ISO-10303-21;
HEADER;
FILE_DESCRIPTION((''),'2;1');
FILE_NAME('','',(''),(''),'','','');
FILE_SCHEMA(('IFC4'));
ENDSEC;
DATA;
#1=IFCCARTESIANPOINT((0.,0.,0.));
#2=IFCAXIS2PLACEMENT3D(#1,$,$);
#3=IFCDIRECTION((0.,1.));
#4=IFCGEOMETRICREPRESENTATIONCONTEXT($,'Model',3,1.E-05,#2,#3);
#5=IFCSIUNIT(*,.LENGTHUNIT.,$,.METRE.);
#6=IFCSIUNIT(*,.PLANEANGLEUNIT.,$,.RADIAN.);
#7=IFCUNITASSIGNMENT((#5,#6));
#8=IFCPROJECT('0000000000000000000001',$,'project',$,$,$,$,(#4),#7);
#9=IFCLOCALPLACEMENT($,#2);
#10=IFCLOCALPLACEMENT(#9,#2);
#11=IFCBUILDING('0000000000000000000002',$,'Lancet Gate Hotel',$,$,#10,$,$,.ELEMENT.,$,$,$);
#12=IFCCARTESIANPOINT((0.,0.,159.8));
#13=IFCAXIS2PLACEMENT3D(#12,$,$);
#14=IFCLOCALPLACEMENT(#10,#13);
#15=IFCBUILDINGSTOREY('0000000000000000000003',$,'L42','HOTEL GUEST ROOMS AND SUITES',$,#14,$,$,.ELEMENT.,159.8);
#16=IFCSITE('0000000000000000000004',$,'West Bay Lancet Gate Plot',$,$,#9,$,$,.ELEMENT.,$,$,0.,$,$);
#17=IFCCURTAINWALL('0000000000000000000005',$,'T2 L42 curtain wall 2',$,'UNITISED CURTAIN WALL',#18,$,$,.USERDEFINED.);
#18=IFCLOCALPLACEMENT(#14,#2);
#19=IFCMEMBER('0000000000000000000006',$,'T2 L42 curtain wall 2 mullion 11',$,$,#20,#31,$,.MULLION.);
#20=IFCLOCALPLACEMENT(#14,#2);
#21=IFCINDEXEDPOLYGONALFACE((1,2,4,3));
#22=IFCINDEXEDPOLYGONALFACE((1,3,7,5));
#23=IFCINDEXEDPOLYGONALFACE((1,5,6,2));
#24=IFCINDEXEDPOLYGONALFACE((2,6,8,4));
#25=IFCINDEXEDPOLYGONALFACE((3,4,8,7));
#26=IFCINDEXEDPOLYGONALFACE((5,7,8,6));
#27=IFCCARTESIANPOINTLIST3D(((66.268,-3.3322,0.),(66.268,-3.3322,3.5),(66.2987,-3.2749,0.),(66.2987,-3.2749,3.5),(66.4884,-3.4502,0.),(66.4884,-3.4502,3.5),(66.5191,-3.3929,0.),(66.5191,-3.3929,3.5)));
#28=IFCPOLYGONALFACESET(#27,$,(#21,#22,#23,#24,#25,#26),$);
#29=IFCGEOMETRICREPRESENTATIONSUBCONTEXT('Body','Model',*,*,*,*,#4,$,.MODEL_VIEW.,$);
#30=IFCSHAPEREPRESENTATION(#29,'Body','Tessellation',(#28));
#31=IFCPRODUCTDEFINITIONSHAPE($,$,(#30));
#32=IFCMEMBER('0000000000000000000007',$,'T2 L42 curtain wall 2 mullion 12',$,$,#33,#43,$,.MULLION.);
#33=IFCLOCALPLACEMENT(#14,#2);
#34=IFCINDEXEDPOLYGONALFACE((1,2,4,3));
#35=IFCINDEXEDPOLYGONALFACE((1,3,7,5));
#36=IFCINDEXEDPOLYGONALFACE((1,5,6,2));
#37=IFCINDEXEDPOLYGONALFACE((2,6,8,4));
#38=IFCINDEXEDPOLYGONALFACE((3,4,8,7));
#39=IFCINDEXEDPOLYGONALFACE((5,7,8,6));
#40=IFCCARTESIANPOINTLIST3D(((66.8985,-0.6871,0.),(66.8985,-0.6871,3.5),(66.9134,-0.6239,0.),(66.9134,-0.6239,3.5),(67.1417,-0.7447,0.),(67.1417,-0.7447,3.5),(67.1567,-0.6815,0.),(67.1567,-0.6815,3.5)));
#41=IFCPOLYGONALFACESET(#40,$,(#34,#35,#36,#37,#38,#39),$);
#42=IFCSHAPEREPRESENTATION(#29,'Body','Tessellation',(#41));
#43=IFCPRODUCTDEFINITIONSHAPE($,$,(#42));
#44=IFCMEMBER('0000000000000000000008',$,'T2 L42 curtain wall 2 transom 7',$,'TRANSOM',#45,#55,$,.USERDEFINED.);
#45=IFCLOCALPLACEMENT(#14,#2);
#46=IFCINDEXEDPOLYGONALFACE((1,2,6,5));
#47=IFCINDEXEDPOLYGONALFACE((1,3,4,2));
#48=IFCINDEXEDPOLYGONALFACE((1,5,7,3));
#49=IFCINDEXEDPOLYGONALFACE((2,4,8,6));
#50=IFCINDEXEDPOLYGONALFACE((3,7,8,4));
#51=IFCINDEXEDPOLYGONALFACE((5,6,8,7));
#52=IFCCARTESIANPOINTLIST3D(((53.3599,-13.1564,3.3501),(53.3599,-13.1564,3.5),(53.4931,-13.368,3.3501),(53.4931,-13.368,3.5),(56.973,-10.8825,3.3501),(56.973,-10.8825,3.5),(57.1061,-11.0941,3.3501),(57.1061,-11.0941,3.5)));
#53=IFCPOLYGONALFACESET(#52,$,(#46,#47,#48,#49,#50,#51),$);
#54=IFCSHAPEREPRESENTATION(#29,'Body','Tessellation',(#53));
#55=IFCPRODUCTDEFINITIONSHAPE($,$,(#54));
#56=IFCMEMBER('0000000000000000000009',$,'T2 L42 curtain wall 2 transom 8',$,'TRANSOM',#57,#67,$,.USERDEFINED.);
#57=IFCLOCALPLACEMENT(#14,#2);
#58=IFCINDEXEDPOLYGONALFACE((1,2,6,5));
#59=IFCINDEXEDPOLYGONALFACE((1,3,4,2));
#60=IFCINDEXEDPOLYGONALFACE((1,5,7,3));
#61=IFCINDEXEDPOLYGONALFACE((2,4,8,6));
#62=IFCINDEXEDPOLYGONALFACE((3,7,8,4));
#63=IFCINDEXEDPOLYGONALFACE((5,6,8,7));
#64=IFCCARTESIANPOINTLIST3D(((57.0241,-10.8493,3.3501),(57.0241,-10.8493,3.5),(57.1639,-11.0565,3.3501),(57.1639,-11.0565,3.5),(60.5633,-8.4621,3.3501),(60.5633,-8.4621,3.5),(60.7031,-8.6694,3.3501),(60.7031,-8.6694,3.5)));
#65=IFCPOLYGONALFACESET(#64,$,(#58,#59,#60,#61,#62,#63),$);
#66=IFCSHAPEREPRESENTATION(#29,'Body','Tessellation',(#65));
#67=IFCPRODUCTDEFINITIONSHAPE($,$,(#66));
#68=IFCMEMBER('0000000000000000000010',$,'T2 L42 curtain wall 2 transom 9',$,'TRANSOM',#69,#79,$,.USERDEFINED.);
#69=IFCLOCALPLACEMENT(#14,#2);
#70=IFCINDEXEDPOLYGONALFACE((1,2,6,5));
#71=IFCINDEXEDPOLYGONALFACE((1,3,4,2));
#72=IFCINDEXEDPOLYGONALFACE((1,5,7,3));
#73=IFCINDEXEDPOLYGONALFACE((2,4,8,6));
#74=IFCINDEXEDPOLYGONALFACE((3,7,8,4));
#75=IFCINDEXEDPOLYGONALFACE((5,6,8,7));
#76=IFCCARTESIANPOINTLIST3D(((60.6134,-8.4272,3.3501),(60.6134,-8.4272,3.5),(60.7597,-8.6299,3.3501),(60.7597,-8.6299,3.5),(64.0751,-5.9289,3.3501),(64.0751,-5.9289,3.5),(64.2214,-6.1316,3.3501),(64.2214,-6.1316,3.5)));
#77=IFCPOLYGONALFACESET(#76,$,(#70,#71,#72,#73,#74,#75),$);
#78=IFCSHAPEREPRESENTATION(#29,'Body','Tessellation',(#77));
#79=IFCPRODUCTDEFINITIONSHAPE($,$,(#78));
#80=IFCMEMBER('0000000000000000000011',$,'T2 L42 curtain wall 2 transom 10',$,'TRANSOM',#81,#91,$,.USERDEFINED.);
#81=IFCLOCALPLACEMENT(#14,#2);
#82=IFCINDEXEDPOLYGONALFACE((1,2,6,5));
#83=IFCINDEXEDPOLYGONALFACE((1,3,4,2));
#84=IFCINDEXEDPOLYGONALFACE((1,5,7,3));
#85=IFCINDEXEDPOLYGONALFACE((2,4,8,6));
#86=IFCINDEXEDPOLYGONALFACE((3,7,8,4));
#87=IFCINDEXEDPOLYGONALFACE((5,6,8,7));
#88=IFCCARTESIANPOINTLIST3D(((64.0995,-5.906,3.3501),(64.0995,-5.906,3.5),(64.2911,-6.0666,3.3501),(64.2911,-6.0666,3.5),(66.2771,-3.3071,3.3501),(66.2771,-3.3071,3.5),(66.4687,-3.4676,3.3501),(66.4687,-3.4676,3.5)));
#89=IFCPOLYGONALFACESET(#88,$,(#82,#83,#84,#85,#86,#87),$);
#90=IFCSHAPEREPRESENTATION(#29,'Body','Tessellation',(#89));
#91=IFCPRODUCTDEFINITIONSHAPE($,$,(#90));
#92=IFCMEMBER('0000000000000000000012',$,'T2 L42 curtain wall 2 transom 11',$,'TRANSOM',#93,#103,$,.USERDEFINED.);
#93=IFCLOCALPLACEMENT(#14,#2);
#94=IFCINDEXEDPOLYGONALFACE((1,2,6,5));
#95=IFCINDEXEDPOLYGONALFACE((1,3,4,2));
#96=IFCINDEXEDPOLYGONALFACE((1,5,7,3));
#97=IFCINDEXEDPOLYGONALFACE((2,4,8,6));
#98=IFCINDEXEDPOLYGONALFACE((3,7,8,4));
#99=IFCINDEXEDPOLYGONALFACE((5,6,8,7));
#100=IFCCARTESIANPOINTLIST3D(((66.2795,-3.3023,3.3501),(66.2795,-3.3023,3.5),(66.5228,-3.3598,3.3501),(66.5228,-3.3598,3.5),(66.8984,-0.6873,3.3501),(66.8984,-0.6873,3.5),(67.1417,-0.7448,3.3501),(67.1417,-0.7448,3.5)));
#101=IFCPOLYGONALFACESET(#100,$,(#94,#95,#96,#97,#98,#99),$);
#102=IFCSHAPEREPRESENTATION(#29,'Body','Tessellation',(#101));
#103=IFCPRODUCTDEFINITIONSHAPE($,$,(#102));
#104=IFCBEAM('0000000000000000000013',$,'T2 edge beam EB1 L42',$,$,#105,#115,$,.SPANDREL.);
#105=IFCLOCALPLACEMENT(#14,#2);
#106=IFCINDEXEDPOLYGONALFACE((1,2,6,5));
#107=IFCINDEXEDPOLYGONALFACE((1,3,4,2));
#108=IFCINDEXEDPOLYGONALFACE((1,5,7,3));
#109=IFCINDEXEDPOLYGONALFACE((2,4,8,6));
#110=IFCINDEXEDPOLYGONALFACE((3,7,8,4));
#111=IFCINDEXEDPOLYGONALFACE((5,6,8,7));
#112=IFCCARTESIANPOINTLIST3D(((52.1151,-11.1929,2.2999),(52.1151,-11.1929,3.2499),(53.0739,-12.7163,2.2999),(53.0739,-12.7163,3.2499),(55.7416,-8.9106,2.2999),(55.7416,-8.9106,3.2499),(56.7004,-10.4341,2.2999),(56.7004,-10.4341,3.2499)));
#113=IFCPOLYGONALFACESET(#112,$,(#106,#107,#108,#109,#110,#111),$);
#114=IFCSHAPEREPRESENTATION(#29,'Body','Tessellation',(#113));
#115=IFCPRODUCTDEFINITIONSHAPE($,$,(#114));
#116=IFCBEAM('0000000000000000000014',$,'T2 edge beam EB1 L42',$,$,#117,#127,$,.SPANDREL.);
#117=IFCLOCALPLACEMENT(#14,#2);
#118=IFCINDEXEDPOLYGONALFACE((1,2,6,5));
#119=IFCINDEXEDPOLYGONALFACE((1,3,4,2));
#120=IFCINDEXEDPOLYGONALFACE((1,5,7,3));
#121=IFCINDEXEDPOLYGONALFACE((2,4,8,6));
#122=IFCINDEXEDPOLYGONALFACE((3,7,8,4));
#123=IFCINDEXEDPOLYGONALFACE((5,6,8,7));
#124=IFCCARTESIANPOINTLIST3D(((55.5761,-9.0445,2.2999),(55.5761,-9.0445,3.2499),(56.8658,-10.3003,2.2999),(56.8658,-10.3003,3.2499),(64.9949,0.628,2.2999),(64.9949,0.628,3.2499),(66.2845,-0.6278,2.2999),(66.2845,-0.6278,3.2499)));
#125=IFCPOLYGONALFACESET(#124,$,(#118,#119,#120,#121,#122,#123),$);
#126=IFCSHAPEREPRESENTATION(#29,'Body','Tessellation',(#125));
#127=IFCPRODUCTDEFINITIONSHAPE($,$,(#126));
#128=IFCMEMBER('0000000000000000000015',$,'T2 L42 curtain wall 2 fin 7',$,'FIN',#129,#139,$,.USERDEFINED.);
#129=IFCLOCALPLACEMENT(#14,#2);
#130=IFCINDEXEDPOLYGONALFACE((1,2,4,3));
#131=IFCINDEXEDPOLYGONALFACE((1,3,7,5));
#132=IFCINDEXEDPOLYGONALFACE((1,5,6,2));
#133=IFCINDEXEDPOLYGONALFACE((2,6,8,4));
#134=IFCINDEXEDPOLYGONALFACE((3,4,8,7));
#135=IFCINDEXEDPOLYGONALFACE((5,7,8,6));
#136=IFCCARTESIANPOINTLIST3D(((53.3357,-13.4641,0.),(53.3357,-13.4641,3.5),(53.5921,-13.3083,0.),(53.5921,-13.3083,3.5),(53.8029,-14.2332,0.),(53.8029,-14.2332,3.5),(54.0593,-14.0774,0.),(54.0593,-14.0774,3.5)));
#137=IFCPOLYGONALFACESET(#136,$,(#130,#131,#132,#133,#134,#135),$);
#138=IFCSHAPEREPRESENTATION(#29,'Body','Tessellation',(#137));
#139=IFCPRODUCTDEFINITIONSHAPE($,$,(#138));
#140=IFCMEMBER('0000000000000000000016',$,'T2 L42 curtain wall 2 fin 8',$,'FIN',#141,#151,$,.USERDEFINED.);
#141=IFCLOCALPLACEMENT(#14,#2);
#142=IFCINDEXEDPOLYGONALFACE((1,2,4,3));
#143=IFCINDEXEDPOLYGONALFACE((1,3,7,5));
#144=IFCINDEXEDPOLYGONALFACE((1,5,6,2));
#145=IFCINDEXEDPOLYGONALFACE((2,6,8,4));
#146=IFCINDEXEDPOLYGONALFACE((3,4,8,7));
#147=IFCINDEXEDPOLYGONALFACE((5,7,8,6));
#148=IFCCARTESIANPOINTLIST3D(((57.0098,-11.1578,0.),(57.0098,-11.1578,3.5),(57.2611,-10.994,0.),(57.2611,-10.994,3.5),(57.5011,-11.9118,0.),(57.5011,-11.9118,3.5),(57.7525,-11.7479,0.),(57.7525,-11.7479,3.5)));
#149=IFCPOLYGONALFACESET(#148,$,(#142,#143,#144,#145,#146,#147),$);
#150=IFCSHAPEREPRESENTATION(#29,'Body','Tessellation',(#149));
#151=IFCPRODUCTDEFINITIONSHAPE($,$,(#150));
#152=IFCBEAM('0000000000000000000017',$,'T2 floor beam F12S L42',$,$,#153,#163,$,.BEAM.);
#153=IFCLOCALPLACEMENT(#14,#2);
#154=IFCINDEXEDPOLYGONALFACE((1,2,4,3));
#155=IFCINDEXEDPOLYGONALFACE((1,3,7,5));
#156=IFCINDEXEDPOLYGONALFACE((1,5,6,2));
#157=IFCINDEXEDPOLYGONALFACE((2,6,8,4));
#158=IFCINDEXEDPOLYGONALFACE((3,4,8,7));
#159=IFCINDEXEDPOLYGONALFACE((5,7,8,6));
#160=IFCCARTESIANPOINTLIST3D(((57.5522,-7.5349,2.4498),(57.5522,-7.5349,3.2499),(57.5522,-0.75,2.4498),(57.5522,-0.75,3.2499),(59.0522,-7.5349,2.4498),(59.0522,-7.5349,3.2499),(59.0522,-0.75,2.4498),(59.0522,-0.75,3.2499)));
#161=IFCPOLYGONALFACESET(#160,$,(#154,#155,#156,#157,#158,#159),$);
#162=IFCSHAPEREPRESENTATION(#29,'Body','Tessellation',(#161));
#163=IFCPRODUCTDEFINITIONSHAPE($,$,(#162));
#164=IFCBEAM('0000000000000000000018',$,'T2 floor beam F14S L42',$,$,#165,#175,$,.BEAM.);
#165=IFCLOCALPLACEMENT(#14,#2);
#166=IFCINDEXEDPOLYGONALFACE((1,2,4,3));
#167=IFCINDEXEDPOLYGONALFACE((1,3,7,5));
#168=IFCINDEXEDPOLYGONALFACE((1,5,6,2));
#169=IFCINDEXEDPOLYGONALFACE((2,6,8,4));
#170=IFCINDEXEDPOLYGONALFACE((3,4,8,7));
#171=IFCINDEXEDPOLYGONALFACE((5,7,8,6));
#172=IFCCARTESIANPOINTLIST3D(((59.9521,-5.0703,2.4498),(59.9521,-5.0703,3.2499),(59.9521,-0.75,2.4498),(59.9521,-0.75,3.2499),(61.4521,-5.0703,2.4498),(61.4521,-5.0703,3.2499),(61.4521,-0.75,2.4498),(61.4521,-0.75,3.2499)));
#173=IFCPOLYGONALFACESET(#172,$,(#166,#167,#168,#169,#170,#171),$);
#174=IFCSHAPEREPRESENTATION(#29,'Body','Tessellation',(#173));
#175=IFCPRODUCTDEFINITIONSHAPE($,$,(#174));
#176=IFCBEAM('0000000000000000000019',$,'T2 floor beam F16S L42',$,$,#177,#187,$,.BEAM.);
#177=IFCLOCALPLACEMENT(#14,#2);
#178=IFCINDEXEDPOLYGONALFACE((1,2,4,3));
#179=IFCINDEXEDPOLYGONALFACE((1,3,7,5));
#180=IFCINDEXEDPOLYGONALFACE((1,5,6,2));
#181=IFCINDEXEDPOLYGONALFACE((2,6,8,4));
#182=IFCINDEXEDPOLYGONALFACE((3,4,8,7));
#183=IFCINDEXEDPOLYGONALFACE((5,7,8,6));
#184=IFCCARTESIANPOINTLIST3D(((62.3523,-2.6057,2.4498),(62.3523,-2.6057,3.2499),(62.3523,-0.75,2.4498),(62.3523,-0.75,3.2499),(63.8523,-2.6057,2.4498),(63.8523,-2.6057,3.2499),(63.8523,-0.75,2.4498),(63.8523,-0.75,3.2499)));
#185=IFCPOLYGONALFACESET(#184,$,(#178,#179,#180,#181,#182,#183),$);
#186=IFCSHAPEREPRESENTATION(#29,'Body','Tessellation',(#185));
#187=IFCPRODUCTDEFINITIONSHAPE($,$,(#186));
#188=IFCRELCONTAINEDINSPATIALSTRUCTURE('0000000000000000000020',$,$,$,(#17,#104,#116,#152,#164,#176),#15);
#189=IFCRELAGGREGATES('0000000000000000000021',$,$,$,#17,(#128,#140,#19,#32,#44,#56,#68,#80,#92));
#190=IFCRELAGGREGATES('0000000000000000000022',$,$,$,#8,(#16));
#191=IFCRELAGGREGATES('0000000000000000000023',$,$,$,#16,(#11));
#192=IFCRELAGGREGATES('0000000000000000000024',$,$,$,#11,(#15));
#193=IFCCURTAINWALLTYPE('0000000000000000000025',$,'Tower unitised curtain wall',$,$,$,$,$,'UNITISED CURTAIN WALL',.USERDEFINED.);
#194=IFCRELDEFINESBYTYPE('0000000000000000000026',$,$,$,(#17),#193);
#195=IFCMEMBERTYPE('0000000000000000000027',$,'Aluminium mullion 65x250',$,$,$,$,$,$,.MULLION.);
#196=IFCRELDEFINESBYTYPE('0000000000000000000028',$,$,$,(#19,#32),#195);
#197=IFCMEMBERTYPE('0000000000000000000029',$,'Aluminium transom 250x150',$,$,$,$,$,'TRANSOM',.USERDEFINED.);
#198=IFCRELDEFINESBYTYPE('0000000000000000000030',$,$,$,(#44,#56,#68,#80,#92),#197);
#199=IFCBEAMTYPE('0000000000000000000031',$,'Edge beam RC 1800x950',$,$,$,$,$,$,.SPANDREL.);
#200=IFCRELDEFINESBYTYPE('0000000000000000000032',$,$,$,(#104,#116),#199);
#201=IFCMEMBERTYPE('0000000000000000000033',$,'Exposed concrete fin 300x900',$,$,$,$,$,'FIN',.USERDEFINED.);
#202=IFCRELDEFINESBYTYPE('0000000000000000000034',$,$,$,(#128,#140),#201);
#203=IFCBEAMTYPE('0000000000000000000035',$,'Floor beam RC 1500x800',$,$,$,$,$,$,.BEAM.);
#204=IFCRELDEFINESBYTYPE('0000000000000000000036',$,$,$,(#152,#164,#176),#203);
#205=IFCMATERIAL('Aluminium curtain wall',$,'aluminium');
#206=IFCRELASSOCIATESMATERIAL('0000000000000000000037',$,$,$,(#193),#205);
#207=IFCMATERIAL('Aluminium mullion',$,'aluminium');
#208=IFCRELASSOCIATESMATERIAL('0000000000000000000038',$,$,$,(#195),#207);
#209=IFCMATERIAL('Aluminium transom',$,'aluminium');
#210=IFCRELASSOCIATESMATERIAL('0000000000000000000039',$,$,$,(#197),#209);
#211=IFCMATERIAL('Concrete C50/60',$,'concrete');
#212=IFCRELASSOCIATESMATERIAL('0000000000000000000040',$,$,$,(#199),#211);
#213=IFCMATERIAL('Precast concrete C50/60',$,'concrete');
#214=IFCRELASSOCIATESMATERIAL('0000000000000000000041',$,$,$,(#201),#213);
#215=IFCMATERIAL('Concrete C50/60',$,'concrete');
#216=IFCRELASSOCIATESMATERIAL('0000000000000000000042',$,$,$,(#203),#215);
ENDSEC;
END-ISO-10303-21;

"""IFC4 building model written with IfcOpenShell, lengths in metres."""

from ifc_helpers import new_model, si_unit, direction, frame, origin, origin_2d, place, context, subcontext, project, spatial, rectangle, extrude, material, material_profile, profile_set, type_object, element, aggregate, save


model = new_model("IFC4")

# Units and contexts
model_context = context("Model", 3, precision=1e-05, world=origin(), true_north=direction((0.0, 1.0)))
body_context = subcontext(model_context, "Body", "Model", "MODEL_VIEW")
ifc_project = project(units=[si_unit("LENGTHUNIT", "METRE"), si_unit("PLANEANGLEUNIT", "RADIAN")], contexts=[model_context])

# Site, building, storey
site_placement = place(None, origin())
site = spatial("IfcSite", under=ifc_project, at=site_placement, Name="West Bay Lancet Gate Plot", CompositionType="ELEMENT", RefElevation=0.0)
building_placement = place(site_placement, origin())
building = spatial("IfcBuilding", under=site, at=building_placement, Name="Lancet Gate Hotel", CompositionType="ELEMENT")
storey_placement = place(building_placement, frame((0.0, 0.0, 159.8)))
storey = spatial("IfcBuildingStorey", under=building, at=storey_placement, Name="L42", Description="HOTEL GUEST ROOMS AND SUITES", CompositionType="ELEMENT", Elevation=159.8)

# Curtain wall, members
ifc_material_1 = material(Name="Aluminium curtain wall", Category="aluminium")
curtain_wall_type = type_object("IfcCurtainWallType", Name="Tower unitised curtain wall", ElementType="UNITISED CURTAIN WALL", PredefinedType="USERDEFINED", material=ifc_material_1)
curtain_wall_placement = place(storey_placement, origin())
curtain_wall = element("IfcCurtainWall", 1, at=curtain_wall_placement, inside=storey, type_object=curtain_wall_type, Name="T2 L42 curtain wall 2", ObjectType="UNITISED CURTAIN WALL", PredefinedType="USERDEFINED")
ifc_material_2 = material(Name="Aluminium mullion", Category="aluminium")
ifc_material_profile_1 = material_profile(ifc_material_2, rectangle(XDim=0.0649, YDim=0.25, at=origin_2d()), Name="MULLION 65x250")
ifc_profile_set_1 = profile_set([ifc_material_profile_1], Name="Aluminium mullion")
member_type_1 = type_object("IfcMemberType", Name="Aluminium mullion 65x250", PredefinedType="MULLION", material=ifc_profile_set_1)
member_1_placement = place(storey_placement, frame((66.3936, -3.3625, 0.0), z_axis=(0.0, 0.0, 1.0), x_axis=(0.472146, 0.88152, 0.0)))
member_1 = element("IfcMember", 2, at=member_1_placement, type_object=member_type_1, Name="T2 L42 curtain wall 2 mullion 11", PredefinedType="MULLION", context=body_context, shape_type="SweptSolid", body=[
    extrude(rectangle(XDim=0.0649, YDim=0.25, at=origin_2d()), origin(), (0.0, 0.0, 1.0), 3.5),
])
member_2_placement = place(storey_placement, frame((67.0276, -0.6843, 0.0), z_axis=(0.0, 0.0, 1.0), x_axis=(0.230367, 0.973104, 0.0)))
member_2 = element("IfcMember", 3, at=member_2_placement, type_object=member_type_1, Name="T2 L42 curtain wall 2 mullion 12", PredefinedType="MULLION", context=body_context, shape_type="SweptSolid", body=[
    extrude(rectangle(XDim=0.0649, YDim=0.25, at=origin_2d()), origin(), (0.0, 0.0, 1.0), 3.5),
])
ifc_material_3 = material(Name="Aluminium transom", Category="aluminium")
ifc_material_profile_2 = material_profile(ifc_material_3, rectangle(XDim=0.25, YDim=0.1499, at=origin_2d()), Name="TRANSOM 250x150")
ifc_profile_set_2 = profile_set([ifc_material_profile_2], Name="Aluminium transom")
member_type_2 = type_object("IfcMemberType", Name="Aluminium transom 250x150", ElementType="TRANSOM", PredefinedType="USERDEFINED", material=ifc_profile_set_2)
member_3_placement = place(storey_placement, frame((53.4265, -13.2622, 3.425), z_axis=(0.846333, 0.532654, 0.0), x_axis=(-0.532654, 0.846333, 0.0)))
member_3 = element("IfcMember", 4, at=member_3_placement, type_object=member_type_2, Name="T2 L42 curtain wall 2 transom 7", ObjectType="TRANSOM", PredefinedType="USERDEFINED", context=body_context, shape_type="SweptSolid", body=[
    extrude(rectangle(XDim=0.25, YDim=0.1499, at=origin_2d()), origin(), (0.0, 0.0, 1.0), 4.269),
])
member_4_placement = place(storey_placement, frame((57.094, -10.9529, 3.425), z_axis=(0.829047, 0.559179, 0.0), x_axis=(-0.559179, 0.829047, 0.0)))
member_4 = element("IfcMember", 5, at=member_4_placement, type_object=member_type_2, Name="T2 L42 curtain wall 2 transom 8", ObjectType="TRANSOM", PredefinedType="USERDEFINED", context=body_context, shape_type="SweptSolid", body=[
    extrude(rectangle(XDim=0.25, YDim=0.1499, at=origin_2d()), origin(), (0.0, 0.0, 1.0), 4.269),
])
member_5_placement = place(storey_placement, frame((60.6865, -8.5286, 3.425), z_axis=(0.81088, 0.585213, 0.0), x_axis=(-0.585213, 0.81088, 0.0)))
member_5 = element("IfcMember", 6, at=member_5_placement, type_object=member_type_2, Name="T2 L42 curtain wall 2 transom 9", ObjectType="TRANSOM", PredefinedType="USERDEFINED", context=body_context, shape_type="SweptSolid", body=[
    extrude(rectangle(XDim=0.25, YDim=0.1499, at=origin_2d()), origin(), (0.0, 0.0, 1.0), 4.269),
])
member_6_placement = place(storey_placement, frame((64.1953, -5.9863, 3.425), z_axis=(0.642229, 0.766513, 0.0), x_axis=(-0.766513, 0.642229, 0.0)))
member_6 = element("IfcMember", 7, at=member_6_placement, type_object=member_type_2, Name="T2 L42 curtain wall 2 transom 10", ObjectType="TRANSOM", PredefinedType="USERDEFINED", context=body_context, shape_type="SweptSolid", body=[
    extrude(rectangle(XDim=0.25, YDim=0.1499, at=origin_2d()), origin(), (0.0, 0.0, 1.0), 3.3906),
])
member_7_placement = place(storey_placement, frame((66.4011, -3.3311, 3.425), z_axis=(0.23031, 0.973117, 0.0), x_axis=(-0.973117, 0.23031, 0.0)))
member_7 = element("IfcMember", 8, at=member_7_placement, type_object=member_type_2, Name="T2 L42 curtain wall 2 transom 11", ObjectType="TRANSOM", PredefinedType="USERDEFINED", context=body_context, shape_type="SweptSolid", body=[
    extrude(rectangle(XDim=0.25, YDim=0.1499, at=origin_2d()), origin(), (0.0, 0.0, 1.0), 2.6873),
])

# Beams
ifc_material_4 = material(Name="Concrete C50/60", Category="concrete")
ifc_material_profile_3 = material_profile(ifc_material_4, rectangle(XDim=1.8, YDim=0.95, at=origin_2d()), Name="RC 1800x950")
ifc_profile_set_3 = profile_set([ifc_material_profile_3], Name="Concrete C50/60")
beam_type_1 = type_object("IfcBeamType", Name="Edge beam RC 1800x950", PredefinedType="SPANDREL", material=ifc_profile_set_3)
beam_1_placement = place(storey_placement, frame((52.5945, -11.9546, 2.7749), z_axis=(0.846349, 0.532629, 0.0), x_axis=(-0.532629, 0.846349, 0.0)))
element("IfcBeam", 9, at=beam_1_placement, inside=storey, type_object=beam_type_1, Name="T2 edge beam EB1 L42", PredefinedType="SPANDREL", context=body_context, shape_type="SweptSolid", body=[
    extrude(rectangle(XDim=1.8, YDim=0.95, at=origin_2d()), origin(), (0.0, 0.0, 1.0), 4.2849),
])
beam_2_placement = place(storey_placement, frame((56.2209, -9.6724, 2.7749), z_axis=(0.69765, 0.716439, 0.0), x_axis=(-0.716439, 0.69765, 0.0)))
element("IfcBeam", 10, at=beam_2_placement, inside=storey, type_object=beam_type_1, Name="T2 edge beam EB1 L42", PredefinedType="SPANDREL", context=body_context, shape_type="SweptSolid", body=[
    extrude(rectangle(XDim=1.8, YDim=0.95, at=origin_2d()), origin(), (0.0, 0.0, 1.0), 13.5007),
])

# Members
ifc_material_5 = material(Name="Precast concrete C50/60", Category="concrete")
ifc_material_profile_4 = material_profile(ifc_material_5, rectangle(XDim=0.3, YDim=0.8999, at=origin_2d()), Name="FIN 300x900")
ifc_profile_set_4 = profile_set([ifc_material_profile_4], Name="Precast concrete C50/60")
member_type_3 = type_object("IfcMemberType", Name="Exposed concrete fin 300x900", ElementType="FIN", PredefinedType="USERDEFINED", material=ifc_profile_set_4)
member_8_placement = place(storey_placement, frame((53.6975, -13.7708, 0.0), z_axis=(0.0, 0.0, 1.0), x_axis=(0.854691, 0.519137, 0.0)))
member_8 = element("IfcMember", 11, at=member_8_placement, type_object=member_type_3, Name="T2 L42 curtain wall 2 fin 7", ObjectType="FIN", PredefinedType="USERDEFINED", context=body_context, shape_type="SweptSolid", body=[
    extrude(rectangle(XDim=0.3, YDim=0.8999, at=origin_2d()), origin(), (0.0, 0.0, 1.0), 3.5),
])
member_9_placement = place(storey_placement, frame((57.3811, -11.4529, 0.0), z_axis=(0.0, 0.0, 1.0), x_axis=(0.837801, 0.545976, 0.0)))
member_9 = element("IfcMember", 12, at=member_9_placement, type_object=member_type_3, Name="T2 L42 curtain wall 2 fin 8", ObjectType="FIN", PredefinedType="USERDEFINED", context=body_context, shape_type="SweptSolid", body=[
    extrude(rectangle(XDim=0.3, YDim=0.8999, at=origin_2d()), origin(), (0.0, 0.0, 1.0), 3.5),
])

# Beams
ifc_material_6 = material(Name="Concrete C50/60", Category="concrete")
ifc_material_profile_5 = material_profile(ifc_material_6, rectangle(XDim=1.5, YDim=0.8, at=origin_2d()), Name="RC 1500x800")
ifc_profile_set_5 = profile_set([ifc_material_profile_5], Name="Concrete C50/60")
beam_type_2 = type_object("IfcBeamType", Name="Floor beam RC 1500x800", PredefinedType="BEAM", material=ifc_profile_set_5)
beam_3_placement = place(storey_placement, frame((58.3022, -7.5349, 2.8499), z_axis=(0.0, 1.0, 0.0), x_axis=(-1.0, 0.0, 0.0)))
element("IfcBeam", 13, at=beam_3_placement, inside=storey, type_object=beam_type_2, Name="T2 floor beam F12S L42", PredefinedType="BEAM", context=body_context, shape_type="SweptSolid", body=[
    extrude(rectangle(XDim=1.5, YDim=0.8, at=origin_2d()), origin(), (0.0, 0.0, 1.0), 6.7849),
])
beam_4_placement = place(storey_placement, frame((60.7021, -5.0703, 2.8499), z_axis=(0.0, 1.0, 0.0), x_axis=(-1.0, 0.0, 0.0)))
element("IfcBeam", 14, at=beam_4_placement, inside=storey, type_object=beam_type_2, Name="T2 floor beam F14S L42", PredefinedType="BEAM", context=body_context, shape_type="SweptSolid", body=[
    extrude(rectangle(XDim=1.5, YDim=0.8, at=origin_2d()), origin(), (0.0, 0.0, 1.0), 4.3203),
])
beam_5_placement = place(storey_placement, frame((63.1023, -2.6057, 2.8499), z_axis=(0.0, 1.0, 0.0), x_axis=(-1.0, 0.0, 0.0)))
element("IfcBeam", 15, at=beam_5_placement, inside=storey, type_object=beam_type_2, Name="T2 floor beam F16S L42", PredefinedType="BEAM", context=body_context, shape_type="SweptSolid", body=[
    extrude(rectangle(XDim=1.5, YDim=0.8, at=origin_2d()), origin(), (0.0, 0.0, 1.0), 1.8557),
])

aggregate(curtain_wall, [member_8, member_9, member_1, member_2, member_3, member_4, member_5, member_6, member_7])

save(model, "model.ifc")
